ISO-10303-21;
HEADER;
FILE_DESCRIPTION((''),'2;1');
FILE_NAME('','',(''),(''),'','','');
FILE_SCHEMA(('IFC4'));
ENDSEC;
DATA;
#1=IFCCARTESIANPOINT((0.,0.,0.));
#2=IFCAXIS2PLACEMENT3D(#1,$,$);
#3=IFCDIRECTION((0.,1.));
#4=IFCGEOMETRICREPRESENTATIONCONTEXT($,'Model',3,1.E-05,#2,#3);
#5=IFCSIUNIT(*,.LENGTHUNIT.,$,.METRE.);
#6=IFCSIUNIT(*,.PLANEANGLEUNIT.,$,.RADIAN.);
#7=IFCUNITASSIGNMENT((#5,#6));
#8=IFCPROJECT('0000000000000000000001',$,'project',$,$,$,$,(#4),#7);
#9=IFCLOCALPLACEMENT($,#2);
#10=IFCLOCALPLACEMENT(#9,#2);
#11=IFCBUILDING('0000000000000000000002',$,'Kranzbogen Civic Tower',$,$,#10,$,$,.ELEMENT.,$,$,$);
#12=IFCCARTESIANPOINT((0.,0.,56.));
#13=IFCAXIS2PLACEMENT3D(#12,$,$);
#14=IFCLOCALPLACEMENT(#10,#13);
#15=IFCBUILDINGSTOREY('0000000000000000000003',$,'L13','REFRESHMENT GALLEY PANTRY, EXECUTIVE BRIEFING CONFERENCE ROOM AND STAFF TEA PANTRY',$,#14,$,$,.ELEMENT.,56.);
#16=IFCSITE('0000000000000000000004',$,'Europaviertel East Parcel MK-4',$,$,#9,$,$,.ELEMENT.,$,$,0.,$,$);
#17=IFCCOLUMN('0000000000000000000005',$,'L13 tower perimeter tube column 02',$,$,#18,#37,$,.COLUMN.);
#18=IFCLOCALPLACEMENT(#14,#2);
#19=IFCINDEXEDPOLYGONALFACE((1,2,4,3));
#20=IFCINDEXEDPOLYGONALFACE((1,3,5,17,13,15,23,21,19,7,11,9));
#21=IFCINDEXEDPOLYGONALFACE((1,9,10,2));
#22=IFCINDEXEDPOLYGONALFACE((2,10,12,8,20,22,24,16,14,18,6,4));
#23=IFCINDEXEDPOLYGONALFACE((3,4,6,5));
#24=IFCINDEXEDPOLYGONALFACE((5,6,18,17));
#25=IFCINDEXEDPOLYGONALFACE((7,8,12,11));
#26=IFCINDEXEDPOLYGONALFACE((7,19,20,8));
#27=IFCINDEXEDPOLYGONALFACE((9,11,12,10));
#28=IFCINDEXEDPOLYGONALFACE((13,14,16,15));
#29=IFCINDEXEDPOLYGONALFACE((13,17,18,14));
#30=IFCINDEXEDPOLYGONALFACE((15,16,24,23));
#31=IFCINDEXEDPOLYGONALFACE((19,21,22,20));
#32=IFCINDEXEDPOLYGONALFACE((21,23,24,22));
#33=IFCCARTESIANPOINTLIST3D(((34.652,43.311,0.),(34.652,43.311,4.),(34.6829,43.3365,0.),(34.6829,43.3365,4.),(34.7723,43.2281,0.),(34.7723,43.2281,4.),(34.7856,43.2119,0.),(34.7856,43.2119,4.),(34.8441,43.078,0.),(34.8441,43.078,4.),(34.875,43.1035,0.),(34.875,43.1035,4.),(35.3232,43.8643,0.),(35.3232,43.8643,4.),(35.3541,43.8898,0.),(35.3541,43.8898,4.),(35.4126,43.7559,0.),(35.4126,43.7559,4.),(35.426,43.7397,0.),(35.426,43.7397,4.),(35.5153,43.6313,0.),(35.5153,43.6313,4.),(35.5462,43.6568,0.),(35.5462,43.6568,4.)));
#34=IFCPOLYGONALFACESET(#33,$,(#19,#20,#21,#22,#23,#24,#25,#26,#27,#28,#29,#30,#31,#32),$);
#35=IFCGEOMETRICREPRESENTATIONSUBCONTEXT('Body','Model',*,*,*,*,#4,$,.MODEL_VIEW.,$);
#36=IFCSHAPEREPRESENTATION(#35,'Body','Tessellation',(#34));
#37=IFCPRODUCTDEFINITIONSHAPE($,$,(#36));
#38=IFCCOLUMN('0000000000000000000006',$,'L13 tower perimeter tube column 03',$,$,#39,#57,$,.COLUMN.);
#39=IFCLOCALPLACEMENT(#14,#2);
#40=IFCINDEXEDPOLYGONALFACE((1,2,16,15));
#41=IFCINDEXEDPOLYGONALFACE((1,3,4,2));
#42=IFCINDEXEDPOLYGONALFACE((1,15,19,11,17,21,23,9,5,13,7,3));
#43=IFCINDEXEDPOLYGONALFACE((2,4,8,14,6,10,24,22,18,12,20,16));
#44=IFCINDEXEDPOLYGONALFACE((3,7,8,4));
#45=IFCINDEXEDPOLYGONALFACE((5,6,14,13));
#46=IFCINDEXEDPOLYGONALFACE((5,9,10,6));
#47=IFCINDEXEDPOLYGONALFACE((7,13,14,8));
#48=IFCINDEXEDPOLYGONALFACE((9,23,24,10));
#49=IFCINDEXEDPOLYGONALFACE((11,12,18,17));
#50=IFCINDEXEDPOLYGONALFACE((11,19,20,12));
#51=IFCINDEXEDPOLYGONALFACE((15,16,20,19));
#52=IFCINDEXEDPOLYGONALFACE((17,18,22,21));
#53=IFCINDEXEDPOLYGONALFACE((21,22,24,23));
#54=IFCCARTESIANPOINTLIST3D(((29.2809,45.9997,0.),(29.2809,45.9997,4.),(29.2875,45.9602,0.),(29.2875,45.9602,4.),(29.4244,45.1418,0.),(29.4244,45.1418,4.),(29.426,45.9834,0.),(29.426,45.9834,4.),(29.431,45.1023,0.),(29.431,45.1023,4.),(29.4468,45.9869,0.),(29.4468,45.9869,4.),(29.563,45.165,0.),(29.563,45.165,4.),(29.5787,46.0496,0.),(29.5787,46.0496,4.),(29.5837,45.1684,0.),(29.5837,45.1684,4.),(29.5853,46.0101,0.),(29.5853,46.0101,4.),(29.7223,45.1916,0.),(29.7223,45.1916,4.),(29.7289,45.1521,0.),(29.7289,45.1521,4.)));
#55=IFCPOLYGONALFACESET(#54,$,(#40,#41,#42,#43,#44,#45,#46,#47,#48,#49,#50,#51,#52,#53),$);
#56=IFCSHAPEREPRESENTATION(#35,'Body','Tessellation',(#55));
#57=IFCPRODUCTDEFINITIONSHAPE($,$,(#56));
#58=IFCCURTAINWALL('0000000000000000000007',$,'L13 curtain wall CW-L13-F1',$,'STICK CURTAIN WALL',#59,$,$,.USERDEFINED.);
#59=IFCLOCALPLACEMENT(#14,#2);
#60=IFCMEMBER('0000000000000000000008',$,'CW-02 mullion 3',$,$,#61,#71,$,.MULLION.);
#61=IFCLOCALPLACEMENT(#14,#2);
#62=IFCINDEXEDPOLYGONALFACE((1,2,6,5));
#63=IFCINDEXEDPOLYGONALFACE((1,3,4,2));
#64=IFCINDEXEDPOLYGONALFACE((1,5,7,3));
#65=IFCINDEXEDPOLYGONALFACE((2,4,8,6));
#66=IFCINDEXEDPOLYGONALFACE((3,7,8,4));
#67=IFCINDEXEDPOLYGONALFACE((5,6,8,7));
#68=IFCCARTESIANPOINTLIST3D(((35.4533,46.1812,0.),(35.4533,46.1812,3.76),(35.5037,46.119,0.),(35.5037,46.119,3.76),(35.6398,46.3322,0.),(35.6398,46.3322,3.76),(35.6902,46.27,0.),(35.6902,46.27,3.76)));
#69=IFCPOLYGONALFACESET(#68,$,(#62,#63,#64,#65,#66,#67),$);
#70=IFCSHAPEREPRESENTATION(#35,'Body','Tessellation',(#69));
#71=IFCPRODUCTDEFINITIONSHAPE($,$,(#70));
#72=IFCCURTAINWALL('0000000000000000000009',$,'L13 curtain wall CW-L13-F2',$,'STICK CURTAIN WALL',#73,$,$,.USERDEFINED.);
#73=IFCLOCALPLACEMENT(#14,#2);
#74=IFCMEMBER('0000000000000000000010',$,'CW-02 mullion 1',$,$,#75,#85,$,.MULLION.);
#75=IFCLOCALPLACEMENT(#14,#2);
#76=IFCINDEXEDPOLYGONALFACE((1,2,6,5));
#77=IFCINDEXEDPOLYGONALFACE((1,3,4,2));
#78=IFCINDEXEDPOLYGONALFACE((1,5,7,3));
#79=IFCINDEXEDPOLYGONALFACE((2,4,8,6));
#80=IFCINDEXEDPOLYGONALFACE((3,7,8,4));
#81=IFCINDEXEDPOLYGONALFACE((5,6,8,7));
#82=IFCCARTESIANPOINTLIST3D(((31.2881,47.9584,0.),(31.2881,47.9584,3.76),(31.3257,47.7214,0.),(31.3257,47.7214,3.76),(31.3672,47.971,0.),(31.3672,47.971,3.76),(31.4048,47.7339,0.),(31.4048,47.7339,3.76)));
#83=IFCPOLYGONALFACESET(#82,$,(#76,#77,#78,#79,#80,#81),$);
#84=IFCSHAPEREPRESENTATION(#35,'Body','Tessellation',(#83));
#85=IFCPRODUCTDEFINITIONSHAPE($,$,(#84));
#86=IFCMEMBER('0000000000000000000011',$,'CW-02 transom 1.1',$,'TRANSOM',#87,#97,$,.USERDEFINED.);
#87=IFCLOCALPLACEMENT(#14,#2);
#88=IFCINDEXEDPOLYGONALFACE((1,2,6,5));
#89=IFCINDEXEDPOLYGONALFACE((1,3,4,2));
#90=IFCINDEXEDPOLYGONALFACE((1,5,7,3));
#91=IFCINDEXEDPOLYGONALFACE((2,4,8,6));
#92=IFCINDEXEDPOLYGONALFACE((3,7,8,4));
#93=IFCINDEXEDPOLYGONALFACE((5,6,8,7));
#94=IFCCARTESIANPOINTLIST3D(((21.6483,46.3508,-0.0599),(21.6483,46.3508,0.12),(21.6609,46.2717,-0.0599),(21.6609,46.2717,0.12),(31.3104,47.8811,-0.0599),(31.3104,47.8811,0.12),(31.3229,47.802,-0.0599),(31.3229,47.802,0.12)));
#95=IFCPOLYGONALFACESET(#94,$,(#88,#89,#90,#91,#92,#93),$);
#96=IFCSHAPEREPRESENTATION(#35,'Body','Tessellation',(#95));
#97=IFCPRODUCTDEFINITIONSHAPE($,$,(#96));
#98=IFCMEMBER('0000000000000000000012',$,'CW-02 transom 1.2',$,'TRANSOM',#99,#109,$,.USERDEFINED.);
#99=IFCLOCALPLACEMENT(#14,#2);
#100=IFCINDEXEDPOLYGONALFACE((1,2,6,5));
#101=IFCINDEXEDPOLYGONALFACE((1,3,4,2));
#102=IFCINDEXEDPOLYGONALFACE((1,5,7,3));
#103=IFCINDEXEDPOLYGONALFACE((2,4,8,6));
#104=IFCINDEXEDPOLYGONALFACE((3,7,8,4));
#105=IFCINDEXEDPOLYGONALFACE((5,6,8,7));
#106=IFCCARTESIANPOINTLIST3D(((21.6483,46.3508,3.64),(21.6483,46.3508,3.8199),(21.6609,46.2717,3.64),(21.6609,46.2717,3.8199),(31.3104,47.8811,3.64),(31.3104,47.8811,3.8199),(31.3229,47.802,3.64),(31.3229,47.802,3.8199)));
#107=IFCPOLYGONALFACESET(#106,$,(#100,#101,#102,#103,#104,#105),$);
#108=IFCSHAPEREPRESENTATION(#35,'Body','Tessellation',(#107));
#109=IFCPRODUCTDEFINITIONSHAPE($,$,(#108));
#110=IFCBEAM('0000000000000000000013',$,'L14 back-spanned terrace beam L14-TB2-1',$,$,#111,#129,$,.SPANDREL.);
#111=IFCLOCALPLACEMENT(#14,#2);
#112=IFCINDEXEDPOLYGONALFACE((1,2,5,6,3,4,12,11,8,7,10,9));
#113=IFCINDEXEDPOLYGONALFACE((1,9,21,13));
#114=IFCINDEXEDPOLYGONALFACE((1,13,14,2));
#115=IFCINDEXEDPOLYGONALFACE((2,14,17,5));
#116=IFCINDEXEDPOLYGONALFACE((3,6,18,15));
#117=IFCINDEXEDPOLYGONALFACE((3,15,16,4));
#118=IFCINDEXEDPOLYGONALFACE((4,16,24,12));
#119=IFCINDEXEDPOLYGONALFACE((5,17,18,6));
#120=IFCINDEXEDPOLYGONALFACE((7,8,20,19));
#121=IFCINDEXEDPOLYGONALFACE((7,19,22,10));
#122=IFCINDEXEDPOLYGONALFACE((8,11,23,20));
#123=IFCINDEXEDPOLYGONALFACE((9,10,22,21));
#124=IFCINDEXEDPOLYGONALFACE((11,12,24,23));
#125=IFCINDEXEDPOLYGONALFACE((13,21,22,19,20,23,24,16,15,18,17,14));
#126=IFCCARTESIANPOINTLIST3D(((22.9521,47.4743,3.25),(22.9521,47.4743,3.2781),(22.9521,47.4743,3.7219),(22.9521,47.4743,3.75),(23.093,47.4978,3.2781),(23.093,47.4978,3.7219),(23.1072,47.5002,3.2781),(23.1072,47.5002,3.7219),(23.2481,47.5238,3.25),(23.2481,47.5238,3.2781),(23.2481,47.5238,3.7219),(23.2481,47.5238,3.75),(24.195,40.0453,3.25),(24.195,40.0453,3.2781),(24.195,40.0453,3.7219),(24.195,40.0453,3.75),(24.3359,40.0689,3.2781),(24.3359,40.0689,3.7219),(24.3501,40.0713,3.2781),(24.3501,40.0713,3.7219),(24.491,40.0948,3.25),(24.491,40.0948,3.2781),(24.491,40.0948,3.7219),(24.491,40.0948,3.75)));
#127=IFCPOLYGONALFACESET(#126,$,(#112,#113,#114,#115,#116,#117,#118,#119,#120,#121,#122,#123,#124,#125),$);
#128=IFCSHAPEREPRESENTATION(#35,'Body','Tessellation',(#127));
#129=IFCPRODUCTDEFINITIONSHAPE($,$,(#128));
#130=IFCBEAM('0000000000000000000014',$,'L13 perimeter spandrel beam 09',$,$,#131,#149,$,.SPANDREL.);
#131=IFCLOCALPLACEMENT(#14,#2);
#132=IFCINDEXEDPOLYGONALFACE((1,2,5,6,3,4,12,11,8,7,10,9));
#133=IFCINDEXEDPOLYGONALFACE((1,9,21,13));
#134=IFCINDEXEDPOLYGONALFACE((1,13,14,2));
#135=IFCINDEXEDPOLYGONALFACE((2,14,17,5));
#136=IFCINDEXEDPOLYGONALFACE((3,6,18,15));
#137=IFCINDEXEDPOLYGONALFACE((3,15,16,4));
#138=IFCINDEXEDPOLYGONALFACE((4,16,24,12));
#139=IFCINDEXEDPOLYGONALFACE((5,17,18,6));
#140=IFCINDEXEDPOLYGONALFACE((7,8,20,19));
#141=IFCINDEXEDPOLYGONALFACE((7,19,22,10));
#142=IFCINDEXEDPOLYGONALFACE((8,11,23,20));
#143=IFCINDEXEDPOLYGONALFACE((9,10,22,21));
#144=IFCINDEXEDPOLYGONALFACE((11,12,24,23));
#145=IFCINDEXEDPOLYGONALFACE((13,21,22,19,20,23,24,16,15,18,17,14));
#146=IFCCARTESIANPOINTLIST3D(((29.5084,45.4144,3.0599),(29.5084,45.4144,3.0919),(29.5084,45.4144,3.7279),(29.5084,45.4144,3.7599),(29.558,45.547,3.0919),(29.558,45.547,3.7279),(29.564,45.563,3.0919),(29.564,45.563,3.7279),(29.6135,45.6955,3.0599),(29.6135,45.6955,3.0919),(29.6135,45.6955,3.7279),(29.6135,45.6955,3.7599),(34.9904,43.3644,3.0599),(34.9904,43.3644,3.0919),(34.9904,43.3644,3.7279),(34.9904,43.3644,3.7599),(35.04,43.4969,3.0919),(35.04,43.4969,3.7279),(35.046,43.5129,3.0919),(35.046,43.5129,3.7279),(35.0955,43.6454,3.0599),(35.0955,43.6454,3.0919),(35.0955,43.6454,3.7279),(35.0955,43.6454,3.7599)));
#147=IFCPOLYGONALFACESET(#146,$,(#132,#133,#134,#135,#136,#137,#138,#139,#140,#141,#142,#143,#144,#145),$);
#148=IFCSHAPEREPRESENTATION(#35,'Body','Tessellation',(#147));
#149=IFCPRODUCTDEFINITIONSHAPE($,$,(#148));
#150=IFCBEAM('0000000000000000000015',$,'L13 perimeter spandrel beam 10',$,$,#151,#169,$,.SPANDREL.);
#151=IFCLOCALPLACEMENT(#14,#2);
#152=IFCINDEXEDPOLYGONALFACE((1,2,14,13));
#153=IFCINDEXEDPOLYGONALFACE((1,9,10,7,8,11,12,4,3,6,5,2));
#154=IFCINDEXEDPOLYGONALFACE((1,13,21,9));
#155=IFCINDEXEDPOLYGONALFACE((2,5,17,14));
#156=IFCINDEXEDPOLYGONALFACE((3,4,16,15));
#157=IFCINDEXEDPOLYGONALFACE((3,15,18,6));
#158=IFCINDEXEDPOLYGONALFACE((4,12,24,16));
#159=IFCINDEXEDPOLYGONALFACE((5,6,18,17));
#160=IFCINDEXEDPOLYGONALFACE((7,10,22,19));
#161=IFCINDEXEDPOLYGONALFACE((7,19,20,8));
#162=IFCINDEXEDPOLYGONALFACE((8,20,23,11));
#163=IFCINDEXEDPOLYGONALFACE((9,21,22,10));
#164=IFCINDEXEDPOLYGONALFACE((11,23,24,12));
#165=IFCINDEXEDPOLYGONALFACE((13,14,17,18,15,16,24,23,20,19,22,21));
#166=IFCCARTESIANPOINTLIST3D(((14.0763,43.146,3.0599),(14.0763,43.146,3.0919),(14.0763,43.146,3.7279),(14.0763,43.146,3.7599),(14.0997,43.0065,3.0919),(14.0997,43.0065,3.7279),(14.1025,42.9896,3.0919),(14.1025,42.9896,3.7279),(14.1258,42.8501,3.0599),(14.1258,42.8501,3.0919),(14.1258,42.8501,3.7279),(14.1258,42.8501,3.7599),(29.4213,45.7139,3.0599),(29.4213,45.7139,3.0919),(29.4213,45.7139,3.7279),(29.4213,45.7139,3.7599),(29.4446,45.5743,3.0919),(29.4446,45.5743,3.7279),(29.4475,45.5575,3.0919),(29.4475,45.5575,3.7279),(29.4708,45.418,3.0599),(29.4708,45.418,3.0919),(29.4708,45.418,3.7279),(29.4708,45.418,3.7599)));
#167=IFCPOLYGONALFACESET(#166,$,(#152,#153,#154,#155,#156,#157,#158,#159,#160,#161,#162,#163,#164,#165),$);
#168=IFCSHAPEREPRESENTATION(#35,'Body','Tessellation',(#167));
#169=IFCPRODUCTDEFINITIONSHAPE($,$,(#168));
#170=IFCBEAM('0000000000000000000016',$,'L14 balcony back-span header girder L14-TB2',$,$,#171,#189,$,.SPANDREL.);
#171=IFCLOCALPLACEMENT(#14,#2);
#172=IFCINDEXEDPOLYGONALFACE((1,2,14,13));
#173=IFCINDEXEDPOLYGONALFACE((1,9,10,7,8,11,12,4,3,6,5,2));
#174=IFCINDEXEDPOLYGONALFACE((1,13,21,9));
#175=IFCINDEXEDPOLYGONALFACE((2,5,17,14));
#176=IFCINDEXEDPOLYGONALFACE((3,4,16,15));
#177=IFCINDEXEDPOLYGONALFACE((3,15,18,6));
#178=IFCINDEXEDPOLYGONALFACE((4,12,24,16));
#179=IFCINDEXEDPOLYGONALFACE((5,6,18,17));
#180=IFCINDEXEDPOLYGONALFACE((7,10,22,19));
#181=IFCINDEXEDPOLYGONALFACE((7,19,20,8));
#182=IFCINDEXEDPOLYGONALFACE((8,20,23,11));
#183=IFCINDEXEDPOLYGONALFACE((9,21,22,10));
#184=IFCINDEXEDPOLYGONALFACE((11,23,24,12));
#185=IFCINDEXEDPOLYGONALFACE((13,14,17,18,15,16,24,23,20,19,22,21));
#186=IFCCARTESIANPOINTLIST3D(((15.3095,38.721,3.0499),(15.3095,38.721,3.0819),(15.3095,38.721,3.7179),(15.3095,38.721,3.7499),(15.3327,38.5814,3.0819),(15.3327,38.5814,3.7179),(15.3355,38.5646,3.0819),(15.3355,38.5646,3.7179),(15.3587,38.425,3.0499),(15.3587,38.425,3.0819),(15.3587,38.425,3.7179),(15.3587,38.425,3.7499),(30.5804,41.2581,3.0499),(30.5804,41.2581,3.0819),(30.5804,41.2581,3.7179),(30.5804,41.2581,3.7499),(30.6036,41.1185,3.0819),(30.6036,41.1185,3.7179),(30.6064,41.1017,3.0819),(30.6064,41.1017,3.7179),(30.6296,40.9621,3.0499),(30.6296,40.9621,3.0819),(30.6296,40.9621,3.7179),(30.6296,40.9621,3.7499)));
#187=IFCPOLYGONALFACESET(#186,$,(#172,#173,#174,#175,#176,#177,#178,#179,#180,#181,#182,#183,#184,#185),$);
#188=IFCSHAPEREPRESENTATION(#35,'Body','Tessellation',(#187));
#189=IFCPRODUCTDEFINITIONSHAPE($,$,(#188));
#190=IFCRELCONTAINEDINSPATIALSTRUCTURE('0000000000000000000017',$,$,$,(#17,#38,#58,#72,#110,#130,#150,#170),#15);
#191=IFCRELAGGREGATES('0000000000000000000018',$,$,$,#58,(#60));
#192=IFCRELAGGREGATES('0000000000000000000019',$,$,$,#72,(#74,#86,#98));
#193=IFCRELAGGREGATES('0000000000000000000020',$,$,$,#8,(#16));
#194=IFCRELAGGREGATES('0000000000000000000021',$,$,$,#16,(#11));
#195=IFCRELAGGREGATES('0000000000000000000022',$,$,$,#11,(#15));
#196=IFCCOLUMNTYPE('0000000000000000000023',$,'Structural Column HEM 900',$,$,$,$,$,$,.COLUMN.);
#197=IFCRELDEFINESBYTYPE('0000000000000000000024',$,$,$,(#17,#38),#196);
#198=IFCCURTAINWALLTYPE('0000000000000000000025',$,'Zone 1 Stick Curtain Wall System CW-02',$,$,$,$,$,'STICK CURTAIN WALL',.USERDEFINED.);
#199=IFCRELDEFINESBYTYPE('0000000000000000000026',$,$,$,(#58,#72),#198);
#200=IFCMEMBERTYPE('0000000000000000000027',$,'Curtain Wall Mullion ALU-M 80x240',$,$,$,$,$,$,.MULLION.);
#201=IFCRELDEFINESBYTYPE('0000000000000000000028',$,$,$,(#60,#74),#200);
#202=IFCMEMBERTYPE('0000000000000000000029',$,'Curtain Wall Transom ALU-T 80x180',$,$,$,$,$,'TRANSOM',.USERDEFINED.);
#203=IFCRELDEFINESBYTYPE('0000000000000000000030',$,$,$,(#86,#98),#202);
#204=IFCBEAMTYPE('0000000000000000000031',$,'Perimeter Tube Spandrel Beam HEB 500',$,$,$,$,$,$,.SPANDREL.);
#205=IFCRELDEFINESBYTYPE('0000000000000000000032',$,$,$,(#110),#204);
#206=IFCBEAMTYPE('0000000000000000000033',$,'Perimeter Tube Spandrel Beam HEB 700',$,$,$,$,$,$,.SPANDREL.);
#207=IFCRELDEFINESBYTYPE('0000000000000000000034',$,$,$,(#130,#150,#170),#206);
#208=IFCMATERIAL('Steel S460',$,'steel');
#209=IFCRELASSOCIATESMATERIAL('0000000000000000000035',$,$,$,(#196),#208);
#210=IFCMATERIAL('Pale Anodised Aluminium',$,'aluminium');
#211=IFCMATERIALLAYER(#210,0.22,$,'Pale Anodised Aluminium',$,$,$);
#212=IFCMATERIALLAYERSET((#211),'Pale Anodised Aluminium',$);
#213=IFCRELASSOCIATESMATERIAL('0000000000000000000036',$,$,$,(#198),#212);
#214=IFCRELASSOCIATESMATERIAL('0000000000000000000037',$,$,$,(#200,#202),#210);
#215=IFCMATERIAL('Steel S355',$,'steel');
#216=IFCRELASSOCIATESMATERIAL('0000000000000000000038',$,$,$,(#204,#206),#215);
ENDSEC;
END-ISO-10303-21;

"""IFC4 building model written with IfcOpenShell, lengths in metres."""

from ifc_helpers import new_model, si_unit, direction, frame, origin, origin_2d, place, context, subcontext, project, spatial, rectangle, i_section, extrude, material, layer, layer_set, material_profile, profile_set, type_object, element, aggregate, save


model = new_model("IFC4")

# Units and contexts
model_context = context("Model", 3, precision=1e-05, world=origin(), true_north=direction((0.0, 1.0)))
body_context = subcontext(model_context, "Body", "Model", "MODEL_VIEW")
ifc_project = project(units=[si_unit("LENGTHUNIT", "METRE"), si_unit("PLANEANGLEUNIT", "RADIAN")], contexts=[model_context])

# Site, building, storey
site_placement = place(None, origin())
site = spatial("IfcSite", under=ifc_project, at=site_placement, Name="Europaviertel East Parcel MK-4", CompositionType="ELEMENT", RefElevation=0.0)
building_placement = place(site_placement, origin())
building = spatial("IfcBuilding", under=site, at=building_placement, Name="Kranzbogen Civic Tower", CompositionType="ELEMENT")
storey_placement = place(building_placement, frame((0.0, 0.0, 56.0)))
storey = spatial("IfcBuildingStorey", under=building, at=storey_placement, Name="L13", Description="REFRESHMENT GALLEY PANTRY, EXECUTIVE BRIEFING CONFERENCE ROOM AND STAFF TEA PANTRY", CompositionType="ELEMENT", Elevation=56.0)

# Columns
ifc_material_1 = material(Name="Steel S460", Category="steel")
ifc_material_profile_1 = material_profile(ifc_material_1, i_section(OverallWidth=0.302, OverallDepth=0.9099, WebThickness=0.021, FlangeThickness=0.04, at=origin_2d()), Name="HEM 900")
ifc_profile_set_1 = profile_set([ifc_material_profile_1], Name="Steel S460")
column_type = type_object("IfcColumnType", Name="Structural Column HEM 900", PredefinedType="COLUMN", material=ifc_profile_set_1)
for number, where, z_axis, x_axis, name in (
    (1, (35.0991, 43.4839, 0.0), (0.0, 0.0, 1.0), (-0.636078, 0.771625, 0.0), "L13 tower perimeter tube column 02"),
    (2, (29.5049, 45.5759, 0.0), (0.0, 0.0, 1.0), (0.986286, 0.165048, 0.0), "L13 tower perimeter tube column 03"),
):
    element("IfcColumn", number, at=place(storey_placement, frame(where, z_axis=z_axis, x_axis=x_axis)), inside=storey, type_object=column_type, Name=name, PredefinedType="COLUMN", context=body_context, shape_type="SweptSolid", body=[
        extrude(i_section(OverallWidth=0.302, OverallDepth=0.9099, WebThickness=0.021, FlangeThickness=0.04, at=origin_2d()), origin(), (0.0, 0.0, 1.0), 4.0),
    ])

# Curtain wall, member
ifc_material_2 = material(Name="Pale Anodised Aluminium", Category="aluminium")
ifc_layer_1 = layer(ifc_material_2, 0.22, Name="Pale Anodised Aluminium")
ifc_layer_set_1 = layer_set([ifc_layer_1], Name="Pale Anodised Aluminium")
curtain_wall_type = type_object("IfcCurtainWallType", Name="Zone 1 Stick Curtain Wall System CW-02", ElementType="STICK CURTAIN WALL", PredefinedType="USERDEFINED", material=ifc_layer_set_1)
curtain_wall_1_placement = place(storey_placement, origin())
curtain_wall_1 = element("IfcCurtainWall", 3, at=curtain_wall_1_placement, inside=storey, type_object=curtain_wall_type, Name="L13 curtain wall CW-L13-F1", ObjectType="STICK CURTAIN WALL", PredefinedType="USERDEFINED")
ifc_material_profile_2 = material_profile(ifc_material_2, rectangle(XDim=0.0801, YDim=0.24, at=origin_2d()), Name="ALU-M 80x240")
ifc_profile_set_2 = profile_set([ifc_material_profile_2], Name="Pale Anodised Aluminium")
member_type_1 = type_object("IfcMemberType", Name="Curtain Wall Mullion ALU-M 80x240", PredefinedType="MULLION", material=ifc_profile_set_2)
member_1_placement = place(storey_placement, frame((35.5718, 46.2256, 0.0), z_axis=(0.0, 0.0, 1.0), x_axis=(-0.629255, 0.777199, 0.0)))
member_1 = element("IfcMember", 4, at=member_1_placement, type_object=member_type_1, Name="CW-02 mullion 3", PredefinedType="MULLION", context=body_context, shape_type="SweptSolid", body=[
    extrude(rectangle(XDim=0.0801, YDim=0.24, at=origin_2d()), origin(), (0.0, 0.0, 1.0), 3.76),
])
aggregate(curtain_wall_1, [member_1])

# Curtain wall, members
curtain_wall_2_placement = place(storey_placement, origin())
curtain_wall_2 = element("IfcCurtainWall", 5, at=curtain_wall_2_placement, inside=storey, type_object=curtain_wall_type, Name="L13 curtain wall CW-L13-F2", ObjectType="STICK CURTAIN WALL", PredefinedType="USERDEFINED")
member_2_placement = place(storey_placement, frame((31.3464, 47.8462, 0.0), z_axis=(0.0, 0.0, 1.0), x_axis=(-0.987687, -0.156444, 0.0)))
member_2 = element("IfcMember", 6, at=member_2_placement, type_object=member_type_1, Name="CW-02 mullion 1", PredefinedType="MULLION", context=body_context, shape_type="SweptSolid", body=[
    extrude(rectangle(XDim=0.0801, YDim=0.24, at=origin_2d()), origin(), (0.0, 0.0, 1.0), 3.76),
])
ifc_material_profile_3 = material_profile(ifc_material_2, rectangle(XDim=0.0801, YDim=0.1799, at=origin_2d()), Name="ALU-T 80x180")
ifc_profile_set_3 = profile_set([ifc_material_profile_3], Name="Pale Anodised Aluminium")
member_type_2 = type_object("IfcMemberType", Name="Curtain Wall Transom ALU-T 80x180", ElementType="TRANSOM", PredefinedType="USERDEFINED", material=ifc_profile_set_3)
member_3_placement = place(storey_placement, frame((31.3167, 47.8416, 0.03), z_axis=(-0.987689, -0.156429, 0.0), x_axis=(0.156429, -0.987689, 0.0)))
member_3 = element("IfcMember", 7, at=member_3_placement, type_object=member_type_2, Name="CW-02 transom 1.1", ObjectType="TRANSOM", PredefinedType="USERDEFINED", context=body_context, shape_type="SweptSolid", body=[
    extrude(rectangle(XDim=0.0801, YDim=0.1799, at=origin_2d()), origin(), (0.0, 0.0, 1.0), 9.7825),
])
member_4_placement = place(storey_placement, frame((31.3167, 47.8416, 3.73), z_axis=(-0.987689, -0.156429, 0.0), x_axis=(0.156429, -0.987689, 0.0)))
member_4 = element("IfcMember", 8, at=member_4_placement, type_object=member_type_2, Name="CW-02 transom 1.2", ObjectType="TRANSOM", PredefinedType="USERDEFINED", context=body_context, shape_type="SweptSolid", body=[
    extrude(rectangle(XDim=0.0801, YDim=0.1799, at=origin_2d()), origin(), (0.0, 0.0, 1.0), 9.7825),
])

# Beams
ifc_material_3 = material(Name="Steel S355", Category="steel")
ifc_material_profile_4 = material_profile(ifc_material_3, i_section(OverallWidth=0.3, OverallDepth=0.5, WebThickness=0.0144, FlangeThickness=0.0281, at=origin_2d()), Name="HEB 500")
ifc_profile_set_4 = profile_set([ifc_material_profile_4], Name="Steel S355")
beam_type_1 = type_object("IfcBeamType", Name="Perimeter Tube Spandrel Beam HEB 500", PredefinedType="SPANDREL", material=ifc_profile_set_4)
beam_1_placement = place(storey_placement, frame((24.343, 40.0701, 3.5), z_axis=(-0.165014, 0.986291, 0.0), x_axis=(-0.986291, -0.165014, 0.0)))
element("IfcBeam", 9, at=beam_1_placement, inside=storey, type_object=beam_type_1, Name="L14 back-spanned terrace beam L14-TB2-1", PredefinedType="SPANDREL", context=body_context, shape_type="SweptSolid", body=[
    extrude(i_section(OverallWidth=0.3, OverallDepth=0.5, WebThickness=0.0144, FlangeThickness=0.0281, at=origin_2d()), origin(), (0.0, 0.0, 1.0), 7.5322),
])
ifc_material_profile_5 = material_profile(ifc_material_3, i_section(OverallWidth=0.3, OverallDepth=0.7, WebThickness=0.0171, FlangeThickness=0.032, at=origin_2d()), Name="HEB 700")
ifc_profile_set_5 = profile_set([ifc_material_profile_5], Name="Steel S355")
beam_type_2 = type_object("IfcBeamType", Name="Perimeter Tube Spandrel Beam HEB 700", PredefinedType="SPANDREL", material=ifc_profile_set_5)
beam_2_placement = place(storey_placement, frame((35.043, 43.5049, 3.4099), z_axis=(-0.936648, 0.350273, 0.0), x_axis=(-0.350273, -0.936648, 0.0)))
element("IfcBeam", 10, at=beam_2_placement, inside=storey, type_object=beam_type_2, Name="L13 perimeter spandrel beam 09", PredefinedType="SPANDREL", context=body_context, shape_type="SweptSolid", body=[
    extrude(i_section(OverallWidth=0.3, OverallDepth=0.7, WebThickness=0.0171, FlangeThickness=0.032, at=origin_2d()), origin(), (0.0, 0.0, 1.0), 5.8528),
])
beam_3_placement = place(storey_placement, frame((29.446, 45.5659, 3.4099), z_axis=(-0.986286, -0.165048, 0.0), x_axis=(0.165048, -0.986286, 0.0)))
element("IfcBeam", 11, at=beam_3_placement, inside=storey, type_object=beam_type_2, Name="L13 perimeter spandrel beam 10", PredefinedType="SPANDREL", context=body_context, shape_type="SweptSolid", body=[
    extrude(i_section(OverallWidth=0.3, OverallDepth=0.7, WebThickness=0.0171, FlangeThickness=0.032, at=origin_2d()), origin(), (0.0, 0.0, 1.0), 15.5583),
])
beam_4_placement = place(storey_placement, frame((30.605, 41.1101, 3.3999), z_axis=(-0.986478, -0.163893, 0.0), x_axis=(0.163893, -0.986478, 0.0)))
element("IfcBeam", 12, at=beam_4_placement, inside=storey, type_object=beam_type_2, Name="L14 balcony back-span header girder L14-TB2", PredefinedType="SPANDREL", context=body_context, shape_type="SweptSolid", body=[
    extrude(i_section(OverallWidth=0.3, OverallDepth=0.7, WebThickness=0.0171, FlangeThickness=0.032, at=origin_2d()), origin(), (0.0, 0.0, 1.0), 15.4802),
])

aggregate(curtain_wall_2, [member_2, member_3, member_4])

save(model, "model.ifc")
